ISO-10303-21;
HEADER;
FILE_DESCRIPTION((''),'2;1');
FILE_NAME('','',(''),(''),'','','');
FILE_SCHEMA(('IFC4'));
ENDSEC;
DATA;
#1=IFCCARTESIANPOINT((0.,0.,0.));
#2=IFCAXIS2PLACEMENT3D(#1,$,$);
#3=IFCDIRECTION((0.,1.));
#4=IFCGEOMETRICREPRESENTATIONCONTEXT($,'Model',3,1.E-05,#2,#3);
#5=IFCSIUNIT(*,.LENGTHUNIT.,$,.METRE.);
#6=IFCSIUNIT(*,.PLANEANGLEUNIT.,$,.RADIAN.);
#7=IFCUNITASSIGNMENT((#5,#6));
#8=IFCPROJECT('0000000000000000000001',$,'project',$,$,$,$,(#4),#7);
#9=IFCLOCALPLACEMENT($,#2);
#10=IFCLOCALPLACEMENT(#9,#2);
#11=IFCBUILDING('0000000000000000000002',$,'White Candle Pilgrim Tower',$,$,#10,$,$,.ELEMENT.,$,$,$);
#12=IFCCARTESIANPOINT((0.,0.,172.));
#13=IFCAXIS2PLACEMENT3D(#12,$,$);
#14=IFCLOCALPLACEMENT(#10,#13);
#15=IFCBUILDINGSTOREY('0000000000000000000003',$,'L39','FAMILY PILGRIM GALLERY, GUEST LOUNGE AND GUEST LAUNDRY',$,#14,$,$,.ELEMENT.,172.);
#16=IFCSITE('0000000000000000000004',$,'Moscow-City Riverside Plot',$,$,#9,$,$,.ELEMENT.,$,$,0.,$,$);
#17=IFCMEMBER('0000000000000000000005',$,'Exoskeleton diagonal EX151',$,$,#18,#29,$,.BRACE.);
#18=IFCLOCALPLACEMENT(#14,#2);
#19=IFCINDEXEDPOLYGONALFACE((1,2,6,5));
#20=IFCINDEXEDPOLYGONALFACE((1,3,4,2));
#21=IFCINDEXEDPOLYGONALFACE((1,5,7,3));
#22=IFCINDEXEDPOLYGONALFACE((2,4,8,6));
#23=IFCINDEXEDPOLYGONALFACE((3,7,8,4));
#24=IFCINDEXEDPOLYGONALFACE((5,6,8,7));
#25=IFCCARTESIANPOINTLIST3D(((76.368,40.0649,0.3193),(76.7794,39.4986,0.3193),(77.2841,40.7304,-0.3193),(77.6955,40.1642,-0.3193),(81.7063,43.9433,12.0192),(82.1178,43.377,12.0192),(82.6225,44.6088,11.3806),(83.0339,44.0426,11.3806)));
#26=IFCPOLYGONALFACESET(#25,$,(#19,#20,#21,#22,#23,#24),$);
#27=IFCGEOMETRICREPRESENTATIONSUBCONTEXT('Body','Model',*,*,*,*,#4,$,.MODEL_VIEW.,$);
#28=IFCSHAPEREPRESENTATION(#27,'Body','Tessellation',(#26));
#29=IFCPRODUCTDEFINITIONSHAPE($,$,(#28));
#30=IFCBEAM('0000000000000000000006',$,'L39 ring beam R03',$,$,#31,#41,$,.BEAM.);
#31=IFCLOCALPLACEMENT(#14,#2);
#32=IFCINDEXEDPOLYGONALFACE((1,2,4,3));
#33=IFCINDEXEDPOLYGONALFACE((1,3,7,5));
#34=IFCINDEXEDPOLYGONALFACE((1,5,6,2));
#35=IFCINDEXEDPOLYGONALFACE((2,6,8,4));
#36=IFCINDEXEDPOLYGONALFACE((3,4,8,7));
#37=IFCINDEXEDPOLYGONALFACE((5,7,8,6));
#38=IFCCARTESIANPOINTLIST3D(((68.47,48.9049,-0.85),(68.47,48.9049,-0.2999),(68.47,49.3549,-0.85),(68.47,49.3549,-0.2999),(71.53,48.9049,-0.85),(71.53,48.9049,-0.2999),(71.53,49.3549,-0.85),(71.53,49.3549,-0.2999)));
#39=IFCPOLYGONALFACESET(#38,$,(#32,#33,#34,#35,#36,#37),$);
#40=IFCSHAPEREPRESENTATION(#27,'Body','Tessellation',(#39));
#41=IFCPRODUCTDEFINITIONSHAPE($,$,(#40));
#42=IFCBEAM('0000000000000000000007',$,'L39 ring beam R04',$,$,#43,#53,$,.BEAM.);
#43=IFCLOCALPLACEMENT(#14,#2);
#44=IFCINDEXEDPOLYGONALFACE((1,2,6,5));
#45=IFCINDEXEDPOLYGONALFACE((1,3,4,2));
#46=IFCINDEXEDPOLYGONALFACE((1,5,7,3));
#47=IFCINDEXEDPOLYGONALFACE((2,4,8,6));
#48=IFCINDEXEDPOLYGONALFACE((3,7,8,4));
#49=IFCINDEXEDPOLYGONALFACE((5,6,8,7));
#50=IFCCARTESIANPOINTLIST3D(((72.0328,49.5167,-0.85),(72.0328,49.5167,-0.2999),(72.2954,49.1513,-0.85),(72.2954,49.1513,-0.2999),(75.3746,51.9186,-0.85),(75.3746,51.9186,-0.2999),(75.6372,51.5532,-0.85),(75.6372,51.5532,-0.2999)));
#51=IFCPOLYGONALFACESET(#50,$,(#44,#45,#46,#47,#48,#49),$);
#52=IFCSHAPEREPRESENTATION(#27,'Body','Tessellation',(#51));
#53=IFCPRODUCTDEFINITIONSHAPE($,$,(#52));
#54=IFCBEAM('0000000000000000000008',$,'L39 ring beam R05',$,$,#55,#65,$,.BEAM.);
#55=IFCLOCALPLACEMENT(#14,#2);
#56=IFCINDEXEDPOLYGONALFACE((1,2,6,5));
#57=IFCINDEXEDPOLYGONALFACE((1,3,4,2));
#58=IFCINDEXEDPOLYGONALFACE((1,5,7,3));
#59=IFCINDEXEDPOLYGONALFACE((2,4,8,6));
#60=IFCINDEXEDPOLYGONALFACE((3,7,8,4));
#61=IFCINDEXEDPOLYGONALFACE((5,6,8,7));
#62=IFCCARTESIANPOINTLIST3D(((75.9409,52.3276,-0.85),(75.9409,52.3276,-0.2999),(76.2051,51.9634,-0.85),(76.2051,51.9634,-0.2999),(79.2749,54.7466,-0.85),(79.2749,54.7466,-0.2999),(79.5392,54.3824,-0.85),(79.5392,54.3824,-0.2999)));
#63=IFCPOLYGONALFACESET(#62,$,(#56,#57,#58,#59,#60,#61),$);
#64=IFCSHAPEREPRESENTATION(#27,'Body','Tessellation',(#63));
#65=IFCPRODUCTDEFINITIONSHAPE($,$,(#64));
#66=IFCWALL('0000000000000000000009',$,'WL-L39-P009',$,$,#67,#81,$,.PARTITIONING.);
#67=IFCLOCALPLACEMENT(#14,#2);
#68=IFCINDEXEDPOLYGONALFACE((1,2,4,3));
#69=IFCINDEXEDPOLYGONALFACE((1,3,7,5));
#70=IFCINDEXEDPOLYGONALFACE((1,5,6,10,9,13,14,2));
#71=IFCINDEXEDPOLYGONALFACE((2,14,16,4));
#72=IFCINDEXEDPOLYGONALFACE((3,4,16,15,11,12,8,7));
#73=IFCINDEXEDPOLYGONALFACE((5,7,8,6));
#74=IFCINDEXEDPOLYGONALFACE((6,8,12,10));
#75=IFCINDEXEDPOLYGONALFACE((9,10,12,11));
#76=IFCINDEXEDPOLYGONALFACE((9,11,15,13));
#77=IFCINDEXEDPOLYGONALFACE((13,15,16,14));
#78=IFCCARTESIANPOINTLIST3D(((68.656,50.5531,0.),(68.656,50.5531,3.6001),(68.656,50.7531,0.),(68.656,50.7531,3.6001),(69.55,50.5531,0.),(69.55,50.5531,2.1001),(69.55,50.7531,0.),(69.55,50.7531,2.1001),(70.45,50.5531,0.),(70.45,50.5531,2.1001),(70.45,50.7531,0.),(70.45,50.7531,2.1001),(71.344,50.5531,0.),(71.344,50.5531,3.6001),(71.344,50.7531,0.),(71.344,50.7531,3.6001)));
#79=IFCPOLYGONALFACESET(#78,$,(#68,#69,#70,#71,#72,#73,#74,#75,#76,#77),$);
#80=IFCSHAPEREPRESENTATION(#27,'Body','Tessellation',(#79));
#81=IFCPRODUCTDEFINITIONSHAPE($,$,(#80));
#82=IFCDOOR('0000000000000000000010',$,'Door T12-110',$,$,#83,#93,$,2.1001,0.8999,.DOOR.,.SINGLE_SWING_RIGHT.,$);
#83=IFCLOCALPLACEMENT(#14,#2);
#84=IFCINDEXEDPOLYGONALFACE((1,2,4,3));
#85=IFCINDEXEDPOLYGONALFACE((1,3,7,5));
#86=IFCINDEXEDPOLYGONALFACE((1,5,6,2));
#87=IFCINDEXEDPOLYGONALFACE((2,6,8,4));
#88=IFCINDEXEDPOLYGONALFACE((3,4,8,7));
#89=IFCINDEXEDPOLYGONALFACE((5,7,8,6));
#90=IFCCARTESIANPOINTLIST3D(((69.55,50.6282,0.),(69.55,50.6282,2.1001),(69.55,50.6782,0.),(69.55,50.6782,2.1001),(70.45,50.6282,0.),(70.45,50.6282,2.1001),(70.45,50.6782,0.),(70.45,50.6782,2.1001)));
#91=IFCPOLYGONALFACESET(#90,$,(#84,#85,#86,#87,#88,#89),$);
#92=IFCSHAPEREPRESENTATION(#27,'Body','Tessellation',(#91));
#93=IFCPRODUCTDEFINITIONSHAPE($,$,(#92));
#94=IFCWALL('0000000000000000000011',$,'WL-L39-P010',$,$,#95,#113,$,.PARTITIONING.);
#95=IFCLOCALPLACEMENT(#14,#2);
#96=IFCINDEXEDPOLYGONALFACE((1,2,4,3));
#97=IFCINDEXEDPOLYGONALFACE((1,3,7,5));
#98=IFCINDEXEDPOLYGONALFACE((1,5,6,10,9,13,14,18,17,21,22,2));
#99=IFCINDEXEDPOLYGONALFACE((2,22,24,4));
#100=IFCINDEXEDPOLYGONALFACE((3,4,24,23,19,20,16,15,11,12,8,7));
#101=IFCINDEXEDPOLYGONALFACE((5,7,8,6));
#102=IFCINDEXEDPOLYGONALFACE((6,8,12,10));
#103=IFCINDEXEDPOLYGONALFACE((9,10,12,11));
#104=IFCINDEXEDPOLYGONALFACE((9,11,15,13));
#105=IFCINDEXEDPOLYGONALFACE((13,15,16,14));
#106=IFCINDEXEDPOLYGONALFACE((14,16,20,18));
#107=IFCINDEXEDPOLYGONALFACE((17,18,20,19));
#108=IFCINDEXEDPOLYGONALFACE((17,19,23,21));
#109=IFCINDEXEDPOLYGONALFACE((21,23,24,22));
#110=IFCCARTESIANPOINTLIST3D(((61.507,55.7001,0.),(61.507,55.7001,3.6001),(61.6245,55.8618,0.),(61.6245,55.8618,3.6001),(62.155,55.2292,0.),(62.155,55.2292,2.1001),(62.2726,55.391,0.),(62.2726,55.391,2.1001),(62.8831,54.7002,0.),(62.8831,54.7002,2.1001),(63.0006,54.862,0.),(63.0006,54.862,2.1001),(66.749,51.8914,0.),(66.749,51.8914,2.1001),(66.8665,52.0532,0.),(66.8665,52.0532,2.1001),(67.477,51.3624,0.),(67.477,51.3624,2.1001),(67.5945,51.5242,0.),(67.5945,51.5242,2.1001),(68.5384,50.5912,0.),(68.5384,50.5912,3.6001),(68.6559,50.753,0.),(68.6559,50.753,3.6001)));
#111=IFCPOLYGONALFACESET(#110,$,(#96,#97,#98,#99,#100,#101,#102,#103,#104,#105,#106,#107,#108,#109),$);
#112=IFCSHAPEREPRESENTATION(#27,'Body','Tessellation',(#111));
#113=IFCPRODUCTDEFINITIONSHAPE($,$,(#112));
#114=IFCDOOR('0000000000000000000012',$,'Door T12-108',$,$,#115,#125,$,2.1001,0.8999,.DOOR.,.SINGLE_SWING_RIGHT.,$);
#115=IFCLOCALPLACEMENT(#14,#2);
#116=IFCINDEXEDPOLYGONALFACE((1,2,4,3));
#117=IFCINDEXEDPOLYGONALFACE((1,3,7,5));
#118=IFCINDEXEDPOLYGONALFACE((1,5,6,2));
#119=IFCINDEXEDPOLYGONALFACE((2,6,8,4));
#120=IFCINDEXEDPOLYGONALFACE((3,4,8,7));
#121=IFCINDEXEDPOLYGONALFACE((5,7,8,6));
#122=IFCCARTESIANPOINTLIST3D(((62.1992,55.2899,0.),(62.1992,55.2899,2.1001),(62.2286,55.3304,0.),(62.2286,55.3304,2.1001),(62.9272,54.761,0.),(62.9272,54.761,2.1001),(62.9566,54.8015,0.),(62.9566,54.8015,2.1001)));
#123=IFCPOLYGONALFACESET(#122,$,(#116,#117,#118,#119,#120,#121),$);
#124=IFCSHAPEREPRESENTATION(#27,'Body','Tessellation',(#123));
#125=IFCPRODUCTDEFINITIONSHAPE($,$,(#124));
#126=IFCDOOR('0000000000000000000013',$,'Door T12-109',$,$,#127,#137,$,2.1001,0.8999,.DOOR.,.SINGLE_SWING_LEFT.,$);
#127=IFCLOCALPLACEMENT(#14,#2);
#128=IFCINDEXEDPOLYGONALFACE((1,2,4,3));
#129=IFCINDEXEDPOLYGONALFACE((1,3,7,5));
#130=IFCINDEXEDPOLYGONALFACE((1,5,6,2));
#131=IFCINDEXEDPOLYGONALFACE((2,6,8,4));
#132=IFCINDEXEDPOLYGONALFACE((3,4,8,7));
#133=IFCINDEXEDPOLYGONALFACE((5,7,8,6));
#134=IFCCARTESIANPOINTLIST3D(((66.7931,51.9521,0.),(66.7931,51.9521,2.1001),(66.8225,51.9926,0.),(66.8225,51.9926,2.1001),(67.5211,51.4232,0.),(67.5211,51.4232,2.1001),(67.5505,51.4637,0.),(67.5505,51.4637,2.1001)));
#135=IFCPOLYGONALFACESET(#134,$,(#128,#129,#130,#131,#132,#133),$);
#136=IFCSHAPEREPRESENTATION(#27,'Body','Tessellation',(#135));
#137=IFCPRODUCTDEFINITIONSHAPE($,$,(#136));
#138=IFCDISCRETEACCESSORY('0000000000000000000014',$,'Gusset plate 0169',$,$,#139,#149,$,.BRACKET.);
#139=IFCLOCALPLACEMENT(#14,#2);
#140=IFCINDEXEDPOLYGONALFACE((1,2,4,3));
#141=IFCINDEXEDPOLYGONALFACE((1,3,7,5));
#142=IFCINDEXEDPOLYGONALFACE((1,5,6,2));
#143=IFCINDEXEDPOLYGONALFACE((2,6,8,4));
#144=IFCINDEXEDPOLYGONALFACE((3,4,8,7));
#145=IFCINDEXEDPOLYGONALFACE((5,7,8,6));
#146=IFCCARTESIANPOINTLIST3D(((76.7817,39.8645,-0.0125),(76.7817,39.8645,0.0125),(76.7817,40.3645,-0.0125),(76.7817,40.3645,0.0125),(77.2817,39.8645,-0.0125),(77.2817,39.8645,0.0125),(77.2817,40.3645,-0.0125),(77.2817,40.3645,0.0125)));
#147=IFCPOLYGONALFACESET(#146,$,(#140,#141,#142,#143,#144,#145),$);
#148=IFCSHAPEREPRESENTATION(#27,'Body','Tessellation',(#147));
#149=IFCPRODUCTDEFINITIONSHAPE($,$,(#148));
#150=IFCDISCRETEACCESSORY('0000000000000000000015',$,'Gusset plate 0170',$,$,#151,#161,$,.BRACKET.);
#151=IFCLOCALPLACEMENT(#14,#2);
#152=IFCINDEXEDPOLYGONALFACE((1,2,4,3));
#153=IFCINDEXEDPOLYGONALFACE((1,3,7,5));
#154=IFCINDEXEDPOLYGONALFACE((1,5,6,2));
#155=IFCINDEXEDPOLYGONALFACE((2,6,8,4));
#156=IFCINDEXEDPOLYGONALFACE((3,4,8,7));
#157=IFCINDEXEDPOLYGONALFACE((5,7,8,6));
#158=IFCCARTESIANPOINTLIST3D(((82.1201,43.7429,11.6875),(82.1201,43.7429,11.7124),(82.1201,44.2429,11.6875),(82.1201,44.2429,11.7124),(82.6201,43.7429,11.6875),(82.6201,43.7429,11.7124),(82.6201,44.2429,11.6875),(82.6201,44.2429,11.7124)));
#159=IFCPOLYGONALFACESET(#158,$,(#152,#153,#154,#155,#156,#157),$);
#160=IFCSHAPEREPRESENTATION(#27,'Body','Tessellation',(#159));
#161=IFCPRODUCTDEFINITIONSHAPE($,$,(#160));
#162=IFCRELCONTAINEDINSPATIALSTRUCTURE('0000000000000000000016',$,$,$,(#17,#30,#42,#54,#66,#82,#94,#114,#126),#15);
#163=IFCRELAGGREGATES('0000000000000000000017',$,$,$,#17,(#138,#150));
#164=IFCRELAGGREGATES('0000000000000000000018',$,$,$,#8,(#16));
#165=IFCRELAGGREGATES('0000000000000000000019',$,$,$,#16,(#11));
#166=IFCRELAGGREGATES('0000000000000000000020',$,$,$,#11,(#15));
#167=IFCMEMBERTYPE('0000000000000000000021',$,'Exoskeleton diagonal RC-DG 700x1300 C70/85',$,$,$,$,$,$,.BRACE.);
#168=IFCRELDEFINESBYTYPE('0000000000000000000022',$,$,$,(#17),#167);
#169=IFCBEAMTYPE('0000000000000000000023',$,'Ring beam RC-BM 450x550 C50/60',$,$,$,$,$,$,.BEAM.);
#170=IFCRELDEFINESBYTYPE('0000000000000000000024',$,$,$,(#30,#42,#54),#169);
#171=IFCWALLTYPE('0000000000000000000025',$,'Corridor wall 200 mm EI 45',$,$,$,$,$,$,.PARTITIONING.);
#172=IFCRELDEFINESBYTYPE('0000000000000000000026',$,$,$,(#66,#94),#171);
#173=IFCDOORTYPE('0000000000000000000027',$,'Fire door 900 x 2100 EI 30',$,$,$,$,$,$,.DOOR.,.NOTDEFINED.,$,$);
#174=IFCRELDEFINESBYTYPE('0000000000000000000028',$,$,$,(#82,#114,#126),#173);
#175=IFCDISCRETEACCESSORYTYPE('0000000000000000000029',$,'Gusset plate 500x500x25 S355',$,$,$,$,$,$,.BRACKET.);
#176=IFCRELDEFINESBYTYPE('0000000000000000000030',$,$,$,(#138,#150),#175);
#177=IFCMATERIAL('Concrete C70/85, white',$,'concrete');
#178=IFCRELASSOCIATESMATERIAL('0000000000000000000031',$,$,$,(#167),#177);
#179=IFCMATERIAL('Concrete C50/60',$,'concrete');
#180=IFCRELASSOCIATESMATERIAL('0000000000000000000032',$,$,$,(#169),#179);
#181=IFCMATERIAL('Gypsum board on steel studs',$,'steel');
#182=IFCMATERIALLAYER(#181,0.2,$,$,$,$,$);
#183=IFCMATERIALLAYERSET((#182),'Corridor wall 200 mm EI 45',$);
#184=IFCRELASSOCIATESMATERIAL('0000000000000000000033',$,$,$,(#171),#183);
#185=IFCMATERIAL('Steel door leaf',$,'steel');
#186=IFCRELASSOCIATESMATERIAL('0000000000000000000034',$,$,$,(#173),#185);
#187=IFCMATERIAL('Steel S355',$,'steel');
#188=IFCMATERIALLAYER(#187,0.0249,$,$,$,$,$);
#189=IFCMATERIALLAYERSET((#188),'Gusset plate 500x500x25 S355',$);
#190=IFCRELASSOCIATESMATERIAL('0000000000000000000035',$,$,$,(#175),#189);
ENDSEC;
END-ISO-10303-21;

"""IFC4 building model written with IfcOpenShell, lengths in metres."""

from ifc_helpers import new_model, si_unit, direction, frame, frame_2d, origin, origin_2d, place, context, subcontext, project, spatial, rectangle, extrude, material, layer, layer_set, material_profile, profile_set, type_object, element, fill, aggregate, save


model = new_model("IFC4")

# Units and contexts
model_context = context("Model", 3, precision=1e-05, world=origin(), true_north=direction((0.0, 1.0)))
body_context = subcontext(model_context, "Body", "Model", "MODEL_VIEW")
ifc_project = project(units=[si_unit("LENGTHUNIT", "METRE"), si_unit("PLANEANGLEUNIT", "RADIAN")], contexts=[model_context])

# Site, building, storey
site_placement = place(None, origin())
site = spatial("IfcSite", under=ifc_project, at=site_placement, Name="Moscow-City Riverside Plot", CompositionType="ELEMENT", RefElevation=0.0)
building_placement = place(site_placement, origin())
building = spatial("IfcBuilding", under=site, at=building_placement, Name="White Candle Pilgrim Tower", CompositionType="ELEMENT")
storey_placement = place(building_placement, frame((0.0, 0.0, 172.0)))
storey = spatial("IfcBuildingStorey", under=building, at=storey_placement, Name="L39", Description="FAMILY PILGRIM GALLERY, GUEST LOUNGE AND GUEST LAUNDRY", CompositionType="ELEMENT", Elevation=172.0)

# Member
ifc_material_1 = material(Name="Concrete C70/85, white", Category="concrete")
ifc_material_profile_1 = material_profile(ifc_material_1, rectangle(XDim=0.7, YDim=1.3, at=origin_2d()), Name="RC-DG 700x1300")
ifc_profile_set_1 = profile_set([ifc_material_profile_1], Name="Concrete C70/85, white")
member_type = type_object("IfcMemberType", Name="Exoskeleton diagonal RC-DG 700x1300 C70/85", PredefinedType="BRACE", material=ifc_profile_set_1)
member_placement = place(storey_placement, frame((77.0317, 40.1145, 0.0), z_axis=(0.397426, 0.288736, 0.871025), x_axis=(-0.587771, 0.809027, 0.0)))
member = element("IfcMember", 1, at=member_placement, inside=storey, type_object=member_type, Name="Exoskeleton diagonal EX151", PredefinedType="BRACE", context=body_context, shape_type="SweptSolid", body=[
    extrude(rectangle(XDim=0.7, YDim=1.3, at=origin_2d()), origin(), (0.0, 0.0, 1.0), 13.4324),
])

# Beams
ifc_material_2 = material(Name="Concrete C50/60", Category="concrete")
ifc_material_profile_2 = material_profile(ifc_material_2, rectangle(XDim=0.45, YDim=0.55, at=origin_2d()), Name="RC-BM 450x550")
ifc_profile_set_2 = profile_set([ifc_material_profile_2], Name="Concrete C50/60")
beam_type = type_object("IfcBeamType", Name="Ring beam RC-BM 450x550 C50/60", PredefinedType="BEAM", material=ifc_profile_set_2)
beam_1_placement = place(storey_placement, frame((68.47, 49.1299, -0.575), z_axis=(1.0, 0.0, 0.0), x_axis=(0.0, 1.0, 0.0)))
element("IfcBeam", 2, at=beam_1_placement, inside=storey, type_object=beam_type, Name="L39 ring beam R03", PredefinedType="BEAM", context=body_context, shape_type="SweptSolid", body=[
    extrude(rectangle(XDim=0.45, YDim=0.55, at=origin_2d()), origin(), (0.0, 0.0, 1.0), 3.0601),
])
beam_2_placement = place(storey_placement, frame((72.1641, 49.334, -0.575), z_axis=(0.812022, 0.583626, 0.0), x_axis=(-0.583626, 0.812022, 0.0)))
element("IfcBeam", 3, at=beam_2_placement, inside=storey, type_object=beam_type, Name="L39 ring beam R04", PredefinedType="BEAM", context=body_context, shape_type="SweptSolid", body=[
    extrude(rectangle(XDim=0.45, YDim=0.55, at=origin_2d()), origin(), (0.0, 0.0, 1.0), 4.1155),
])
beam_3_placement = place(storey_placement, frame((76.073, 52.1455, -0.575), z_axis=(0.809402, 0.587255, 0.0), x_axis=(-0.587255, 0.809402, 0.0)))
element("IfcBeam", 4, at=beam_3_placement, inside=storey, type_object=beam_type, Name="L39 ring beam R05", PredefinedType="BEAM", context=body_context, shape_type="SweptSolid", body=[
    extrude(rectangle(XDim=0.45, YDim=0.55, at=origin_2d()), origin(), (0.0, 0.0, 1.0), 4.1191),
])

# Wall, opening, door
ifc_material_3 = material(Name="Gypsum board on steel studs", Category="steel")
ifc_layer_1 = layer(ifc_material_3, 0.2)
ifc_layer_set_1 = layer_set([ifc_layer_1], Name="Corridor wall 200 mm EI 45")
wall_type_1 = type_object("IfcWallType", Name="Corridor wall 200 mm EI 45", PredefinedType="PARTITIONING", material=ifc_layer_set_1)
wall_1_placement = place(storey_placement, frame((71.344, 50.6531, 0.0), z_axis=(0.0, 0.0, 1.0), x_axis=(-1.0, 0.0, 0.0)))
wall_1 = element("IfcWall", 5, at=wall_1_placement, inside=storey, type_object=wall_type_1, Name="WL-L39-P009", PredefinedType="PARTITIONING", context=body_context, shape_type="SweptSolid", body=[
    extrude(rectangle(XDim=2.688, YDim=0.2, at=frame_2d((1.344, 0.0))), origin(), (0.0, 0.0, 1.0), 3.6001),
])
opening_1_placement = place(wall_1_placement, frame((0.894, 0.0, 0.0)))
opening_1 = element("IfcOpeningElement", 6, at=opening_1_placement, cuts=wall_1, PredefinedType="OPENING", context=body_context, shape_type="SweptSolid", body=[
    extrude(rectangle(XDim=0.8999, YDim=2.1001, at=frame_2d((0.45, 1.05))), frame((0.0, 0.1099, 0.0), z_axis=(0.0, -1.0, 0.0), x_axis=(1.0, 0.0, 0.0)), (0.0, 0.0, 1.0), 0.22),
])
ifc_material_4 = material(Name="Steel door leaf", Category="steel")
door_type = type_object("IfcDoorType", Name="Fire door 900 x 2100 EI 30", OperationType="NOTDEFINED", PredefinedType="DOOR", material=ifc_material_4)
door_1_placement = place(opening_1_placement, origin())
door_1 = element("IfcDoor", 7, at=door_1_placement, inside=storey, type_object=door_type, Name="Door T12-110", OperationType="SINGLE_SWING_RIGHT", OverallHeight=2.1001, OverallWidth=0.8999, PredefinedType="DOOR", context=body_context, shape_type="SweptSolid", body=[
    extrude(rectangle(XDim=0.8999, YDim=2.1001, at=frame_2d((0.45, 1.05))), frame((0.0, 0.0249, 0.0), z_axis=(0.0, -1.0, 0.0), x_axis=(1.0, 0.0, 0.0)), (0.0, 0.0, 1.0), 0.05),
])
fill(opening_1, door_1)

# Wall, openings, doors
wall_2_placement = place(storey_placement, frame((68.5972, 50.6721, 0.0), z_axis=(0.0, 0.0, 1.0), x_axis=(-0.809006, 0.587801, 0.0)))
wall_2 = element("IfcWall", 8, at=wall_2_placement, inside=storey, type_object=wall_type_1, Name="WL-L39-P010", PredefinedType="PARTITIONING", context=body_context, shape_type="SweptSolid", body=[
    extrude(rectangle(XDim=8.6914, YDim=0.2, at=frame_2d((4.3457, 0.0))), origin(), (0.0, 0.0, 1.0), 3.6001),
])
opening_2_placement = place(wall_2_placement, frame((6.9905, 0.0, 0.0)))
opening_2 = element("IfcOpeningElement", 9, at=opening_2_placement, cuts=wall_2, PredefinedType="OPENING", context=body_context, shape_type="SweptSolid", body=[
    extrude(rectangle(XDim=0.8999, YDim=2.1001, at=frame_2d((0.45, 1.05))), frame((0.0, 0.1099, 0.0), z_axis=(0.0, -1.0, 0.0), x_axis=(1.0, 0.0, 0.0)), (0.0, 0.0, 1.0), 0.22),
])
opening_3_placement = place(wall_2_placement, frame((1.312, 0.0, 0.0)))
opening_3 = element("IfcOpeningElement", 10, at=opening_3_placement, cuts=wall_2, PredefinedType="OPENING", context=body_context, shape_type="SweptSolid", body=[
    extrude(rectangle(XDim=0.8999, YDim=2.1001, at=frame_2d((0.45, 1.05))), frame((0.0, 0.1099, 0.0), z_axis=(0.0, -1.0, 0.0), x_axis=(1.0, 0.0, 0.0)), (0.0, 0.0, 1.0), 0.22),
])
door_2_placement = place(opening_2_placement, origin())
door_2 = element("IfcDoor", 11, at=door_2_placement, inside=storey, type_object=door_type, Name="Door T12-108", OperationType="SINGLE_SWING_RIGHT", OverallHeight=2.1001, OverallWidth=0.8999, PredefinedType="DOOR", context=body_context, shape_type="SweptSolid", body=[
    extrude(rectangle(XDim=0.8999, YDim=2.1001, at=frame_2d((0.45, 1.05))), frame((0.0, 0.0249, 0.0), z_axis=(0.0, -1.0, 0.0), x_axis=(1.0, 0.0, 0.0)), (0.0, 0.0, 1.0), 0.05),
])
fill(opening_2, door_2)
door_3_placement = place(opening_3_placement, origin())
door_3 = element("IfcDoor", 12, at=door_3_placement, inside=storey, type_object=door_type, Name="Door T12-109", OperationType="SINGLE_SWING_LEFT", OverallHeight=2.1001, OverallWidth=0.8999, PredefinedType="DOOR", context=body_context, shape_type="SweptSolid", body=[
    extrude(rectangle(XDim=0.8999, YDim=2.1001, at=frame_2d((0.45, 1.05))), frame((0.0, 0.0249, 0.0), z_axis=(0.0, -1.0, 0.0), x_axis=(1.0, 0.0, 0.0)), (0.0, 0.0, 1.0), 0.05),
])
fill(opening_3, door_3)

# Discrete accessories
ifc_material_5 = material(Name="Steel S355", Category="steel")
ifc_layer_2 = layer(ifc_material_5, 0.0249)
ifc_layer_set_2 = layer_set([ifc_layer_2], Name="Gusset plate 500x500x25 S355")
discrete_accessory_type = type_object("IfcDiscreteAccessoryType", Name="Gusset plate 500x500x25 S355", PredefinedType="BRACKET", material=ifc_layer_set_2)
discrete_accessory_1_placement = place(storey_placement, frame((77.0317, 40.1145, -0.0125), z_axis=(0.0, 0.0, 1.0), x_axis=(1.0, 0.0, 0.0)))
discrete_accessory_1 = element("IfcDiscreteAccessory", 13, at=discrete_accessory_1_placement, type_object=discrete_accessory_type, Name="Gusset plate 0169", PredefinedType="BRACKET", context=body_context, shape_type="SweptSolid", body=[
    extrude(rectangle(XDim=0.5, YDim=0.5, at=origin_2d()), origin(), (0.0, 0.0, 1.0), 0.0249),
])
placement = place(building_placement, frame((0.0, 0.0, 183.7)))
discrete_accessory_2_placement = place(placement, frame((82.3701, 43.9929, -0.0125), z_axis=(0.0, 0.0, 1.0), x_axis=(1.0, 0.0, 0.0)))
discrete_accessory_2 = element("IfcDiscreteAccessory", 14, at=discrete_accessory_2_placement, type_object=discrete_accessory_type, Name="Gusset plate 0170", PredefinedType="BRACKET", context=body_context, shape_type="SweptSolid", body=[
    extrude(rectangle(XDim=0.5, YDim=0.5, at=origin_2d()), origin(), (0.0, 0.0, 1.0), 0.0249),
])
aggregate(member, [discrete_accessory_1, discrete_accessory_2])

save(model, "model.ifc")
